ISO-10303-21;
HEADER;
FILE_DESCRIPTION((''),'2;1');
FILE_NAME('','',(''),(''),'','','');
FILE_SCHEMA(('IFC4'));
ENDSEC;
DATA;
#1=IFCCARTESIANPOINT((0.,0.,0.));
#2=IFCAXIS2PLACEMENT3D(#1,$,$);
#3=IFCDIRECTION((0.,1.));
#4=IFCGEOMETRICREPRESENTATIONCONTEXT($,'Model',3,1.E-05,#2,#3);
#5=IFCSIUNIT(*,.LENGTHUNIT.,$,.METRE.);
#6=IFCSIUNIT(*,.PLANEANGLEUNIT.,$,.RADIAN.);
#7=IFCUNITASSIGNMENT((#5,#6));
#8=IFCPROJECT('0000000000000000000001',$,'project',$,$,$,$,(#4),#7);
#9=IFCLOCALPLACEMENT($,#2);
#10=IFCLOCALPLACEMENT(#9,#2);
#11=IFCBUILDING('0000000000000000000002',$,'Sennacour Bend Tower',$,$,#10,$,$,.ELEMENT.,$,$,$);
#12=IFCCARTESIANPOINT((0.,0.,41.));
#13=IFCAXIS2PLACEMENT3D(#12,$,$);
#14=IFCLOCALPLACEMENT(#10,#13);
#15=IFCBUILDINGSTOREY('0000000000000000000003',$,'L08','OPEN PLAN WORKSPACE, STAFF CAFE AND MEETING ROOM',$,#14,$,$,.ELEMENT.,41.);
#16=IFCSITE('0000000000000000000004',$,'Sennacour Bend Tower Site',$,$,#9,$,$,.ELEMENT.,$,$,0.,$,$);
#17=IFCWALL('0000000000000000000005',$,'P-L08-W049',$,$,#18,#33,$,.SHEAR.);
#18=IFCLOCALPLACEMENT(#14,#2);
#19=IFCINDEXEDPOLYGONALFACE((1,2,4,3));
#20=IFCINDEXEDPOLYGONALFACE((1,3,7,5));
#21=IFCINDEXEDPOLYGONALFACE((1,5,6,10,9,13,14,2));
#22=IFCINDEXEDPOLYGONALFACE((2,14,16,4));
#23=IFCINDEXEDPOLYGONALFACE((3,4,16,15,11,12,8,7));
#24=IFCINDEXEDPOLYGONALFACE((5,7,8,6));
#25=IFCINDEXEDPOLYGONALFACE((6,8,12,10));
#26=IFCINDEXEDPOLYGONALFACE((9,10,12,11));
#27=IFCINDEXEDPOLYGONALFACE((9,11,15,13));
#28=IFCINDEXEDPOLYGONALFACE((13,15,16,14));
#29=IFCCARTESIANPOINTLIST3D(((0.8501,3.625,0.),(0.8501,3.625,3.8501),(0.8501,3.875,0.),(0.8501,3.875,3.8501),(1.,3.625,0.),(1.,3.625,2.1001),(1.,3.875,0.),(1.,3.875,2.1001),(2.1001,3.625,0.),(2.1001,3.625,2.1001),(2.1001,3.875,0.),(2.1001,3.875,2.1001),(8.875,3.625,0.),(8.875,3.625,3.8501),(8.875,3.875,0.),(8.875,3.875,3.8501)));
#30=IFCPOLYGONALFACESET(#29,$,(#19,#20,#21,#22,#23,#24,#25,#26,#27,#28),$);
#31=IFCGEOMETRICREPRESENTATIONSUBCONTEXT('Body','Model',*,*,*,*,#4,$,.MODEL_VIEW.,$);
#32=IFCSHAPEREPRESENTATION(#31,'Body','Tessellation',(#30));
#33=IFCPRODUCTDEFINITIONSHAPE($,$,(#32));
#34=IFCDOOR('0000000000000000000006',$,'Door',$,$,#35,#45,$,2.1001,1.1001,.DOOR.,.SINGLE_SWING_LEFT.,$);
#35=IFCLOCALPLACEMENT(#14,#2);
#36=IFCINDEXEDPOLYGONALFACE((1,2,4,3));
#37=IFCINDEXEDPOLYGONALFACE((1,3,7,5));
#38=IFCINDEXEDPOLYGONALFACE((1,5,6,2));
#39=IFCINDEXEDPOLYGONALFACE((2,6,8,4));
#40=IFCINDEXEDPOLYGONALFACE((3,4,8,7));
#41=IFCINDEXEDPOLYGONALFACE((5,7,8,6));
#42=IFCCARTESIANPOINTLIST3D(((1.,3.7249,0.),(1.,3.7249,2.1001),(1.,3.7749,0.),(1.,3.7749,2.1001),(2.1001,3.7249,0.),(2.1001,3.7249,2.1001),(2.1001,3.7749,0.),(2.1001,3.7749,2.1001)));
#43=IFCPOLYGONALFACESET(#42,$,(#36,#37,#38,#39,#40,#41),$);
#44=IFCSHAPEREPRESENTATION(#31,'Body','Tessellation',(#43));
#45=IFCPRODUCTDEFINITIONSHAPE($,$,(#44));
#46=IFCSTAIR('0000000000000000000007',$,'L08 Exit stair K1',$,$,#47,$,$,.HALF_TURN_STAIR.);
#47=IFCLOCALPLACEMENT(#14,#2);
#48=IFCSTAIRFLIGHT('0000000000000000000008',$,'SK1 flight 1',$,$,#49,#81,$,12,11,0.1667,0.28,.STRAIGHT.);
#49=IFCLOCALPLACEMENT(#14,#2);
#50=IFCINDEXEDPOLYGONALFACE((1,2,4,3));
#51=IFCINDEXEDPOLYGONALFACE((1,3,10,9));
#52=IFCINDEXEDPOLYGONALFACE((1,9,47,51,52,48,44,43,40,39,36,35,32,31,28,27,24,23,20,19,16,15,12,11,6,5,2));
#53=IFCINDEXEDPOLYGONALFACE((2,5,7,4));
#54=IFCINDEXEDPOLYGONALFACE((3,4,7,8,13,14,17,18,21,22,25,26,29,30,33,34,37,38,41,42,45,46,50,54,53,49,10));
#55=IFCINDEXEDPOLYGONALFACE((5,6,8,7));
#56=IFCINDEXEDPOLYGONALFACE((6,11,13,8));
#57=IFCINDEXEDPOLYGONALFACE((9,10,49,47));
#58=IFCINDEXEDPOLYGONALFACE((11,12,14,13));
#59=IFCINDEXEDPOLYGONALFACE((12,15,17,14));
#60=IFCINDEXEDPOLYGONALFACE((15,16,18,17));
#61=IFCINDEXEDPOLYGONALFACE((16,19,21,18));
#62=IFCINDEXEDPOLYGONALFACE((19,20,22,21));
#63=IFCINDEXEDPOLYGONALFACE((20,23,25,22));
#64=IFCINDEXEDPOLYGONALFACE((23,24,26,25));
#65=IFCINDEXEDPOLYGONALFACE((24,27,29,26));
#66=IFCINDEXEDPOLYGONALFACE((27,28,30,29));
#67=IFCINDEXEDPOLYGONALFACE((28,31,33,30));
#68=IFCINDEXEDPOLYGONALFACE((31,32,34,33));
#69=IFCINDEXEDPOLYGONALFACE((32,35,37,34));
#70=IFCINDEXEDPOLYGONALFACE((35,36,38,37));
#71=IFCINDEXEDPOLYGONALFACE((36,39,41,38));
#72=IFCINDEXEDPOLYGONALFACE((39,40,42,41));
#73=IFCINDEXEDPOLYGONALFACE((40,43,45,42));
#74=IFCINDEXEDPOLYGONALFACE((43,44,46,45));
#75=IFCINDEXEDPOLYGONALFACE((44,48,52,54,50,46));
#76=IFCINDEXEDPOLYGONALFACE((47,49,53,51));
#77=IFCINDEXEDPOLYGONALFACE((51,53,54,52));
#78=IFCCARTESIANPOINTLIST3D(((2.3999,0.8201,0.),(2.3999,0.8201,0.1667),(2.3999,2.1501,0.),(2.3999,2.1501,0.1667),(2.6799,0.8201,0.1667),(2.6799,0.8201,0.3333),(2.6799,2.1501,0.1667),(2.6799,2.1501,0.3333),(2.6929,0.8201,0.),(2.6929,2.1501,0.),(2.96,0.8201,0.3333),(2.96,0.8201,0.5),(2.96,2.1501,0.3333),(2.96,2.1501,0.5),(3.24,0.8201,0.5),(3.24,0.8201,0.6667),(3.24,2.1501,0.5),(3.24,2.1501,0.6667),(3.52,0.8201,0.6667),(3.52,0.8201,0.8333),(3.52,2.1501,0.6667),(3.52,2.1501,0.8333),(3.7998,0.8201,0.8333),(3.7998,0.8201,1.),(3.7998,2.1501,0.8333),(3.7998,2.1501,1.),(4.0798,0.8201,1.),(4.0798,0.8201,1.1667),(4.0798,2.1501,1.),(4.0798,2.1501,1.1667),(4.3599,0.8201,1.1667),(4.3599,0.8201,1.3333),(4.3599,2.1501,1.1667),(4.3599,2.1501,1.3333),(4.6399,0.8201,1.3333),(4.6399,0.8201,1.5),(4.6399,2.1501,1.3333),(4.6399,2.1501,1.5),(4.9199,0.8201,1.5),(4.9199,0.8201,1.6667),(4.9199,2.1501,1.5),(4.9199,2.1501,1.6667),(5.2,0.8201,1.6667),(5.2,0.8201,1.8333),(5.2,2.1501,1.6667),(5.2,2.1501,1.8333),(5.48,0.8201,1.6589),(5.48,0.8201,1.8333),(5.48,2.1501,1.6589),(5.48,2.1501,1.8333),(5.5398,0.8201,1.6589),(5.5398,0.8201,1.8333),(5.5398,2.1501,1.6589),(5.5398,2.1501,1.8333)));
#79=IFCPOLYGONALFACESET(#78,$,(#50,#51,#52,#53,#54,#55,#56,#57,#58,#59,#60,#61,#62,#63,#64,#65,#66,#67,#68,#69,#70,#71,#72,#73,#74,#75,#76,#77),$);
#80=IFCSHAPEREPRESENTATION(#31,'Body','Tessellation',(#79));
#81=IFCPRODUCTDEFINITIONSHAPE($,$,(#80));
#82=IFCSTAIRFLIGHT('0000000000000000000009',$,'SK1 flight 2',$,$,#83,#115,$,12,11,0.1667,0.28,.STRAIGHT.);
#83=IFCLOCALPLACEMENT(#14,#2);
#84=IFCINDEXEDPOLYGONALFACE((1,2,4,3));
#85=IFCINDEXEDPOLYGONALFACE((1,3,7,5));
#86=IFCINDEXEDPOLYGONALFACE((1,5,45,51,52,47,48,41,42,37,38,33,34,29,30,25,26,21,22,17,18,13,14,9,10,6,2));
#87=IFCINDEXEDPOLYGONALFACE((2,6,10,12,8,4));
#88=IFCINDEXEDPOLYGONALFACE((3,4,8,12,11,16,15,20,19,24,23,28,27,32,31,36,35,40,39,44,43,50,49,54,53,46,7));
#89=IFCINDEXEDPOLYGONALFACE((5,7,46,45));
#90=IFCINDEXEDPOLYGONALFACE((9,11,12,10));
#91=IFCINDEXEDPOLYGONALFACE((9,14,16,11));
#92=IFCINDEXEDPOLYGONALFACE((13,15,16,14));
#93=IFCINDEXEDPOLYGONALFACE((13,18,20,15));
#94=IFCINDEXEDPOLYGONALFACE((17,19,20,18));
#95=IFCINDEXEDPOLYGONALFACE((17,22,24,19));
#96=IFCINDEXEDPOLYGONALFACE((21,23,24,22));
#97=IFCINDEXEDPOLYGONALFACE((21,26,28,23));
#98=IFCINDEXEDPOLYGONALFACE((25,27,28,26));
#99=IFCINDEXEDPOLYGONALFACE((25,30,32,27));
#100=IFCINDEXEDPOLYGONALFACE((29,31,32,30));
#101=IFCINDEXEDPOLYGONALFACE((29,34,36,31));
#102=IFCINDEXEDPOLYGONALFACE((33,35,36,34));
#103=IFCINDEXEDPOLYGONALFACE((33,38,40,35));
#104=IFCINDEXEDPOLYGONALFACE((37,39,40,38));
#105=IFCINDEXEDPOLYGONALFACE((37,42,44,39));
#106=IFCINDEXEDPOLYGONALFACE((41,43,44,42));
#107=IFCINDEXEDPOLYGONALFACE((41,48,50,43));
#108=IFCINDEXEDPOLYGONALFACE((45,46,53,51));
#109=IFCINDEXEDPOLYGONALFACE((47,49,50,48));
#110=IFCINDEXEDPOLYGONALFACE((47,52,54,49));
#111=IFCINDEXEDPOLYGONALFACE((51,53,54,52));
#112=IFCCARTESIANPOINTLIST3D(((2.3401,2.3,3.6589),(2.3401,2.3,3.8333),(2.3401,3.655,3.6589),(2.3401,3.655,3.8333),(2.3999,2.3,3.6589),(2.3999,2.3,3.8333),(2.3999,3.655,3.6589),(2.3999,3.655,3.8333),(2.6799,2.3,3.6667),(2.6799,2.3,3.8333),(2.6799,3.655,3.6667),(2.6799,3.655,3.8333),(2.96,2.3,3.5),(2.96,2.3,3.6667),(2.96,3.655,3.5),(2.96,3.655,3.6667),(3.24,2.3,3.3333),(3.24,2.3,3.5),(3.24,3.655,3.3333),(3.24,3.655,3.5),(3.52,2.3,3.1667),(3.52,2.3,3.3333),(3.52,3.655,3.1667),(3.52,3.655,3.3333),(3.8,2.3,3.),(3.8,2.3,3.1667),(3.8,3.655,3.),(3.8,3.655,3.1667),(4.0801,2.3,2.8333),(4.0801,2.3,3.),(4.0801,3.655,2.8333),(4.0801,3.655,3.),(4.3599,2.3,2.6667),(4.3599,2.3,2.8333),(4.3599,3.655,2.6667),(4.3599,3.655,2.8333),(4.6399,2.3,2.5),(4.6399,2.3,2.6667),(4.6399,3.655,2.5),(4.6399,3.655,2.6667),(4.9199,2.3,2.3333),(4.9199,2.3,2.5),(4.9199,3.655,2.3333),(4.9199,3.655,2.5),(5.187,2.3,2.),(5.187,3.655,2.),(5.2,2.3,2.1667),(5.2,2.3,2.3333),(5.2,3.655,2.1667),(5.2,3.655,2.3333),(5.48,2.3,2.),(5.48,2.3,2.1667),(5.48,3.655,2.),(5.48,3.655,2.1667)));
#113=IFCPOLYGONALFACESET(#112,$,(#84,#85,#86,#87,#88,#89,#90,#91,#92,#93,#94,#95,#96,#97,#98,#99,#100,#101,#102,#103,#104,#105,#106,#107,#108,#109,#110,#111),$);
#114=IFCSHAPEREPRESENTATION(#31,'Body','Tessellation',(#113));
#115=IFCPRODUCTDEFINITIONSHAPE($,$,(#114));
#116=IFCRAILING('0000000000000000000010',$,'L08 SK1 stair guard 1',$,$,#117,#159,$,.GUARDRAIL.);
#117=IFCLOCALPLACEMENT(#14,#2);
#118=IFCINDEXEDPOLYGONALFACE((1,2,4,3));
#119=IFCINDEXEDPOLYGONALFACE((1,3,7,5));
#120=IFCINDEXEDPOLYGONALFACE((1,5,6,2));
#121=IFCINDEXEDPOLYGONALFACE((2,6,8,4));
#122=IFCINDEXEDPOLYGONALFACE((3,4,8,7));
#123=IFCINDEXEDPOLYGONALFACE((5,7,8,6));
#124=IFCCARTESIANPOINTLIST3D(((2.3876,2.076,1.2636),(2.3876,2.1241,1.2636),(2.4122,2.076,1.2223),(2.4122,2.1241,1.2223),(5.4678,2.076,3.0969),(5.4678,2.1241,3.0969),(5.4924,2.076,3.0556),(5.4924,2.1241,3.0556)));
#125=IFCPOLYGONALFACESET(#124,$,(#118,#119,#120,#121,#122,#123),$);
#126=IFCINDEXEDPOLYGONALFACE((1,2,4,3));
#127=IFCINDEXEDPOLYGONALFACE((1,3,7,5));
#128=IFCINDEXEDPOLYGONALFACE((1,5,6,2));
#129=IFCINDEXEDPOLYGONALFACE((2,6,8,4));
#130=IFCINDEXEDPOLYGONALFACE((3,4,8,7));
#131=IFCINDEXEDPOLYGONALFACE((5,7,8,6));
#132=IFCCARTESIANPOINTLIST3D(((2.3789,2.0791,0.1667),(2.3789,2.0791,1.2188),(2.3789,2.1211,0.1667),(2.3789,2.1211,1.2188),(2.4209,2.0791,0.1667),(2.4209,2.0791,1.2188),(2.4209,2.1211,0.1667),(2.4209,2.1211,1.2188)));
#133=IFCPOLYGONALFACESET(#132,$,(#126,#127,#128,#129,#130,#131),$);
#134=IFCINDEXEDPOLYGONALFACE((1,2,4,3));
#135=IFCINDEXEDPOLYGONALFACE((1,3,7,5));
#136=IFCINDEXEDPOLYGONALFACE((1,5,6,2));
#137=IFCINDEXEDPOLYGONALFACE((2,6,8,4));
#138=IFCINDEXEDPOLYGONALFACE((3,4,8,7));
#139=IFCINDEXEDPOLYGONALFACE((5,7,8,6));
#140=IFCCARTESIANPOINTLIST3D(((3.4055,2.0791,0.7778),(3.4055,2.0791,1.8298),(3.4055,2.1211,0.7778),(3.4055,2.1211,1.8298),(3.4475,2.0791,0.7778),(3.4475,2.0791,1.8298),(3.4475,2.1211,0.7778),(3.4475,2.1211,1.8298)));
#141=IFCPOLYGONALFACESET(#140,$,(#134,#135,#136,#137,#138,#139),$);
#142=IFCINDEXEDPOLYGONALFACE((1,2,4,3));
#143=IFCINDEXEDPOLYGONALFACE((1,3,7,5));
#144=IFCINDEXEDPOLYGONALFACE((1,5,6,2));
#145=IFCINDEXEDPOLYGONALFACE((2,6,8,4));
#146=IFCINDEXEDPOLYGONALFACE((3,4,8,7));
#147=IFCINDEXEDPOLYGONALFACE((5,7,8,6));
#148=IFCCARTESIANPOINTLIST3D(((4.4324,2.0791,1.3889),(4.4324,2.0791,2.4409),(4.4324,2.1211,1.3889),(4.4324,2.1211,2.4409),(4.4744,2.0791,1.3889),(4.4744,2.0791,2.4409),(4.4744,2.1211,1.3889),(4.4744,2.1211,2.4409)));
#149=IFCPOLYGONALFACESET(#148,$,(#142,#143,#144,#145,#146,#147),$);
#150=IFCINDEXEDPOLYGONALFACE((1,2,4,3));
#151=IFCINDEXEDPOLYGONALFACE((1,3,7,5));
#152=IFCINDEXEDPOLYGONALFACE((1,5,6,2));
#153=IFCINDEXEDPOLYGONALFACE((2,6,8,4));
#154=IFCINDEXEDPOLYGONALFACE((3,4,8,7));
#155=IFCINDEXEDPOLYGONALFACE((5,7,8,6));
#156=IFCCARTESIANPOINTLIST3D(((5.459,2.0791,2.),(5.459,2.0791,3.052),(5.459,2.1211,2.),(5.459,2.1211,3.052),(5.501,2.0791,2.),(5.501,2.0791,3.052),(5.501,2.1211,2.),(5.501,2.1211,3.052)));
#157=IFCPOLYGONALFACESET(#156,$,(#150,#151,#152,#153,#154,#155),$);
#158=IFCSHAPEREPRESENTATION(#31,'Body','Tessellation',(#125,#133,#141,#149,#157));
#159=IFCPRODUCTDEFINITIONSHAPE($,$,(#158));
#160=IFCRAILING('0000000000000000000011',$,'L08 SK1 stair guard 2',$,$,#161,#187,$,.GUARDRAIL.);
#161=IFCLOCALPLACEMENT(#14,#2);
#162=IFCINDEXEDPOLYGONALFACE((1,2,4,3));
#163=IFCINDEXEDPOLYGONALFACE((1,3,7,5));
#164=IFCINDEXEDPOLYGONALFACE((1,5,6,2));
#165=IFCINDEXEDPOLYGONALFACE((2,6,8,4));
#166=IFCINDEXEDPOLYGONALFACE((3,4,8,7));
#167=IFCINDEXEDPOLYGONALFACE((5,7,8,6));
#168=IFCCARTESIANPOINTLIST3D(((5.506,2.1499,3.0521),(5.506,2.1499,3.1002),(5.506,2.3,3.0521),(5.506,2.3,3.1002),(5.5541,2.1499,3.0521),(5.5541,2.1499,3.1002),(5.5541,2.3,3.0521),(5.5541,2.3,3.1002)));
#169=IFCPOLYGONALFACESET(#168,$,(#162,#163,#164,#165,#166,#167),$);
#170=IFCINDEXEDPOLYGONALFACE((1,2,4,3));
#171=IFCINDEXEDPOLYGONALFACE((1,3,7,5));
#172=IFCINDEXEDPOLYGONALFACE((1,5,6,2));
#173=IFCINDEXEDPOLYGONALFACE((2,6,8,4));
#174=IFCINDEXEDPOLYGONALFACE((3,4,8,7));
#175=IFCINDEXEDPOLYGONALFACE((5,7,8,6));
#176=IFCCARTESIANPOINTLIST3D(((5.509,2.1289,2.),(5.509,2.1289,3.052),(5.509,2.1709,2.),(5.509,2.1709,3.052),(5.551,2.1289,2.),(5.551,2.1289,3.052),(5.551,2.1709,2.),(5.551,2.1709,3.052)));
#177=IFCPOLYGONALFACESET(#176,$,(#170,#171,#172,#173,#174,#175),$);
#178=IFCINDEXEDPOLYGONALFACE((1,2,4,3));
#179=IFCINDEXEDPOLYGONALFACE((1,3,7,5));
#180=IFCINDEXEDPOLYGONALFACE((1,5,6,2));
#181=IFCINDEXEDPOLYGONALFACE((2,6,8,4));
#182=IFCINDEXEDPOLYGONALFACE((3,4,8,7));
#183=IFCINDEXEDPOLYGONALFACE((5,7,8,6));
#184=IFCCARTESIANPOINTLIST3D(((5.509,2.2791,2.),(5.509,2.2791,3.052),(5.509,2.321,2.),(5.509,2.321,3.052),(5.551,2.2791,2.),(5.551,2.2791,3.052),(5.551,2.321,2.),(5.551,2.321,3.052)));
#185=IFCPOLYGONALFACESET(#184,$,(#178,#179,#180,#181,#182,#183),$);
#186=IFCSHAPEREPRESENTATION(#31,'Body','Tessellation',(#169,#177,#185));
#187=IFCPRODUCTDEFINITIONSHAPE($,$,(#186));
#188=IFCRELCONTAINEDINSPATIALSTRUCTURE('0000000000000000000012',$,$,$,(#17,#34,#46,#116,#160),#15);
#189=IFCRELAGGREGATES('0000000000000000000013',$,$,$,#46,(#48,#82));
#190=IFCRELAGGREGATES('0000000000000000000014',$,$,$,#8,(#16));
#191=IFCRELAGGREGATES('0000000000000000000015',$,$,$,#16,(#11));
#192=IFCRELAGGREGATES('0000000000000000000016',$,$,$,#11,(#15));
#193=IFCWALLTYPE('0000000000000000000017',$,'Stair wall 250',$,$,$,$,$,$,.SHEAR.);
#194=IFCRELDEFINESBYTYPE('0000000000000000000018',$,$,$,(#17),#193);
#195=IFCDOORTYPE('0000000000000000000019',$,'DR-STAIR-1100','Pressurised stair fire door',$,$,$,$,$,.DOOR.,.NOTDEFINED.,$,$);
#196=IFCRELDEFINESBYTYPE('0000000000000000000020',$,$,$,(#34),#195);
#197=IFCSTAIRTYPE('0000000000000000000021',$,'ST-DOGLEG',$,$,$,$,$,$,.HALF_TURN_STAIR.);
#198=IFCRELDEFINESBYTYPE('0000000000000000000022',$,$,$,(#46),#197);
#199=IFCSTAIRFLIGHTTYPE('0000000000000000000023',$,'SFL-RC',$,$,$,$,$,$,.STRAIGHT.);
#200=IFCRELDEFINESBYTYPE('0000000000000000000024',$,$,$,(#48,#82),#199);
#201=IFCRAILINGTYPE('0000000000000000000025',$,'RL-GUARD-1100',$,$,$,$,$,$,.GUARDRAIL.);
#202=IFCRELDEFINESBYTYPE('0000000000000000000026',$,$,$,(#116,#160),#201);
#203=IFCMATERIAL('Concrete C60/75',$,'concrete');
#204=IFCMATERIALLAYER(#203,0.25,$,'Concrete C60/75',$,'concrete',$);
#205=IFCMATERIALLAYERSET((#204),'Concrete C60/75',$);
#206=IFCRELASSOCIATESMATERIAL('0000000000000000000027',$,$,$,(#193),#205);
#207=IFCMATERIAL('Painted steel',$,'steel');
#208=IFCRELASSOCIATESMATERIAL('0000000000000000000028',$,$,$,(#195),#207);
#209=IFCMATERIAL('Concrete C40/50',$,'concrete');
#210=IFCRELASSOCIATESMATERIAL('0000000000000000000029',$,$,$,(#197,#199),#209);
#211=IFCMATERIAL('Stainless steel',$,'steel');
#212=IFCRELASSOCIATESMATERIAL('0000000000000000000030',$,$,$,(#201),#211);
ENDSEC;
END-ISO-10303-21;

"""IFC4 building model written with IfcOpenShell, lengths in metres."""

from ifc_helpers import new_model, si_unit, direction, frame, frame_2d, origin, origin_2d, place, context, subcontext, project, spatial, polyline, rectangle, outline, extrude, material, layer, layer_set, type_object, element, fill, aggregate, save


model = new_model("IFC4")

# Units and contexts
model_context = context("Model", 3, precision=1e-05, world=origin(), true_north=direction((0.0, 1.0)))
body_context = subcontext(model_context, "Body", "Model", "MODEL_VIEW")
ifc_project = project(units=[si_unit("LENGTHUNIT", "METRE"), si_unit("PLANEANGLEUNIT", "RADIAN")], contexts=[model_context])

# Site, building, storey
site_placement = place(None, origin())
site = spatial("IfcSite", under=ifc_project, at=site_placement, Name="Sennacour Bend Tower Site", CompositionType="ELEMENT", RefElevation=0.0)
building_placement = place(site_placement, origin())
building = spatial("IfcBuilding", under=site, at=building_placement, Name="Sennacour Bend Tower", CompositionType="ELEMENT")
storey_placement = place(building_placement, frame((0.0, 0.0, 41.0)))
storey = spatial("IfcBuildingStorey", under=building, at=storey_placement, Name="L08", Description="OPEN PLAN WORKSPACE, STAFF CAFE AND MEETING ROOM", CompositionType="ELEMENT", Elevation=41.0)

# Shared definitions
ifc_material_1 = material(Name="Concrete C60/75", Category="concrete")
ifc_layer_1 = layer(ifc_material_1, 0.25, Name="Concrete C60/75", Category="concrete")
ifc_layer_set_1 = layer_set([ifc_layer_1], Name="Concrete C60/75")
wall_type_1 = type_object("IfcWallType", Name="Stair wall 250", PredefinedType="SHEAR", material=ifc_layer_set_1)

# Wall, opening, door
wall_1_placement = place(storey_placement, frame((0.8501, 3.75, 0.0), z_axis=(0.0, 0.0, 1.0), x_axis=(1.0, 0.0, 0.0)))
wall_1 = element("IfcWall", 1, at=wall_1_placement, inside=storey, type_object=wall_type_1, Name="P-L08-W049", PredefinedType="SHEAR", context=body_context, shape_type="SweptSolid", body=[
    extrude(rectangle(XDim=8.0249, YDim=0.25, at=frame_2d((4.0125, 0.0))), origin(), (0.0, 0.0, 1.0), 3.8501),
])
opening_1_placement = place(wall_1_placement, frame((0.1499, 0.0, 0.0)))
opening_1 = element("IfcOpeningElement", 2, at=opening_1_placement, cuts=wall_1, PredefinedType="OPENING", context=body_context, shape_type="SweptSolid", body=[
    extrude(rectangle(XDim=1.1001, YDim=2.1001, at=frame_2d((0.55, 1.05))), frame((0.0, 0.135, 0.0), z_axis=(0.0, -1.0, 0.0), x_axis=(1.0, 0.0, 0.0)), (0.0, 0.0, 1.0), 0.27),
])
ifc_material_2 = material(Name="Painted steel", Category="steel")
door_type = type_object("IfcDoorType", Name="DR-STAIR-1100", Description="Pressurised stair fire door", OperationType="NOTDEFINED", PredefinedType="DOOR", material=ifc_material_2)
door_placement = place(opening_1_placement, origin())
door = element("IfcDoor", 3, at=door_placement, inside=storey, type_object=door_type, Name="Door", OperationType="SINGLE_SWING_LEFT", OverallHeight=2.1001, OverallWidth=1.1001, PredefinedType="DOOR", context=body_context, shape_type="SweptSolid", body=[
    extrude(rectangle(XDim=1.1001, YDim=2.1001, at=frame_2d((0.55, 1.05))), frame((0.0, 0.0249, 0.0), z_axis=(0.0, -1.0, 0.0), x_axis=(1.0, 0.0, 0.0)), (0.0, 0.0, 1.0), 0.05),
])
fill(opening_1, door)

# Stair, stair flights
ifc_material_3 = material(Name="Concrete C40/50", Category="concrete")
stair_type = type_object("IfcStairType", Name="ST-DOGLEG", PredefinedType="HALF_TURN_STAIR", material=ifc_material_3)
stair_placement = place(storey_placement, origin())
stair = element("IfcStair", 4, at=stair_placement, inside=storey, type_object=stair_type, Name="L08 Exit stair K1", PredefinedType="HALF_TURN_STAIR")
stair_flight_type = type_object("IfcStairFlightType", Name="SFL-RC", PredefinedType="STRAIGHT", material=ifc_material_3)
stair_flight_1_placement = place(storey_placement, frame((2.3999, 1.4851, 0.0), z_axis=(0.0, 0.0, 1.0), x_axis=(1.0, 0.0, 0.0)))
stair_flight_1 = element("IfcStairFlight", 5, at=stair_flight_1_placement, type_object=stair_flight_type, Name="SK1 flight 1", NumberOfRisers=12, NumberOfTreads=11, PredefinedType="STRAIGHT", RiserHeight=0.1667, TreadLength=0.28, context=body_context, shape_type="SweptSolid", body=[
    extrude(outline(polyline([(0.0, 0.0), (0.0, 0.1667), (0.28, 0.1667), (0.28, 0.3333), (0.5601, 0.3333), (0.5601, 0.5), (0.8401, 0.5), (0.8401, 0.6667), (1.1201, 0.6667), (1.1201, 0.8333), (1.3999, 0.8333), (1.3999, 1.0), (1.6799, 1.0), (1.6799, 1.1667), (1.96, 1.1667), (1.96, 1.3333), (2.24, 1.3333), (2.24, 1.5), (2.52, 1.5), (2.52, 1.6667), (2.8, 1.6667), (2.8, 1.8333), (3.0801, 1.8333), (3.1399, 1.8333), (3.1399, 1.6589), (3.0801, 1.6589), (0.293, 0.0), (0.0, 0.0)])), frame((0.0, 0.665, 0.0), z_axis=(0.0, -1.0, 0.0), x_axis=(1.0, 0.0, 0.0)), (0.0, 0.0, 1.0), 1.3301),
])
stair_flight_2_placement = place(storey_placement, frame((5.48, 2.9775, 2.0), z_axis=(0.0, 0.0, 1.0), x_axis=(-1.0, 0.0, 0.0)))
stair_flight_2 = element("IfcStairFlight", 6, at=stair_flight_2_placement, type_object=stair_flight_type, Name="SK1 flight 2", NumberOfRisers=12, NumberOfTreads=11, PredefinedType="STRAIGHT", RiserHeight=0.1667, TreadLength=0.28, context=body_context, shape_type="SweptSolid", body=[
    extrude(outline(polyline([(0.0, 0.0), (0.0, 0.1667), (0.28, 0.1667), (0.28, 0.3333), (0.5601, 0.3333), (0.5601, 0.5), (0.8401, 0.5), (0.8401, 0.6667), (1.1201, 0.6667), (1.1201, 0.8333), (1.3999, 0.8333), (1.3999, 1.0), (1.6799, 1.0), (1.6799, 1.1667), (1.96, 1.1667), (1.96, 1.3333), (2.24, 1.3333), (2.24, 1.5), (2.52, 1.5), (2.52, 1.6667), (2.8, 1.6667), (2.8, 1.8333), (3.0801, 1.8333), (3.1399, 1.8333), (3.1399, 1.6589), (3.0801, 1.6589), (0.293, 0.0), (0.0, 0.0)])), frame((0.0, 0.6775, 0.0), z_axis=(0.0, -1.0, 0.0), x_axis=(1.0, 0.0, 0.0)), (0.0, 0.0, 1.0), 1.355),
])
aggregate(stair, [stair_flight_1, stair_flight_2])

# Railings
ifc_material_4 = material(Name="Stainless steel", Category="steel")
railing_type_1 = type_object("IfcRailingType", Name="RL-GUARD-1100", PredefinedType="GUARDRAIL", material=ifc_material_4)
railing_1_placement = place(storey_placement, frame((2.3999, 2.1001, 0.1667)))
element("IfcRailing", 7, at=railing_1_placement, inside=storey, type_object=railing_type_1, Name="L08 SK1 stair guard 1", PredefinedType="GUARDRAIL", context=body_context, shape_type="SweptSolid", body=[
    extrude(rectangle(XDim=0.0481, YDim=0.0481, at=origin_2d()), frame((0.0, 0.0, 1.0762), z_axis=(0.859309, 0.0, 0.511458), x_axis=(0.0, 1.0, 0.0)), (0.0, 0.0, 1.0), 3.5845),
    extrude(rectangle(XDim=0.042, YDim=0.042, at=origin_2d()), origin(), (0.0, 0.0, 1.0), 1.052),
    extrude(rectangle(XDim=0.042, YDim=0.042, at=origin_2d()), frame((1.0266, 0.0, 0.6111)), (0.0, 0.0, 1.0), 1.052),
    extrude(rectangle(XDim=0.042, YDim=0.042, at=origin_2d()), frame((2.0535, 0.0, 1.2222)), (0.0, 0.0, 1.0), 1.052),
    extrude(rectangle(XDim=0.042, YDim=0.042, at=origin_2d()), frame((3.0801, 0.0, 1.8333)), (0.0, 0.0, 1.0), 1.052),
])
railing_2_placement = place(storey_placement, frame((5.53, 2.1499, 2.0)))
element("IfcRailing", 8, at=railing_2_placement, inside=storey, type_object=railing_type_1, Name="L08 SK1 stair guard 2", PredefinedType="GUARDRAIL", context=body_context, shape_type="SweptSolid", body=[
    extrude(rectangle(XDim=0.0481, YDim=0.0481, at=origin_2d()), frame((0.0, 0.0, 1.0762), z_axis=(0.0, 1.0, 0.0), x_axis=(-1.0, 0.0, 0.0)), (0.0, 0.0, 1.0), 0.1501),
    extrude(rectangle(XDim=0.042, YDim=0.042, at=origin_2d()), origin(), (0.0, 0.0, 1.0), 1.052),
    extrude(rectangle(XDim=0.042, YDim=0.042, at=origin_2d()), frame((0.0, 0.1501, 0.0)), (0.0, 0.0, 1.0), 1.052),
])

save(model, "model.ifc")
